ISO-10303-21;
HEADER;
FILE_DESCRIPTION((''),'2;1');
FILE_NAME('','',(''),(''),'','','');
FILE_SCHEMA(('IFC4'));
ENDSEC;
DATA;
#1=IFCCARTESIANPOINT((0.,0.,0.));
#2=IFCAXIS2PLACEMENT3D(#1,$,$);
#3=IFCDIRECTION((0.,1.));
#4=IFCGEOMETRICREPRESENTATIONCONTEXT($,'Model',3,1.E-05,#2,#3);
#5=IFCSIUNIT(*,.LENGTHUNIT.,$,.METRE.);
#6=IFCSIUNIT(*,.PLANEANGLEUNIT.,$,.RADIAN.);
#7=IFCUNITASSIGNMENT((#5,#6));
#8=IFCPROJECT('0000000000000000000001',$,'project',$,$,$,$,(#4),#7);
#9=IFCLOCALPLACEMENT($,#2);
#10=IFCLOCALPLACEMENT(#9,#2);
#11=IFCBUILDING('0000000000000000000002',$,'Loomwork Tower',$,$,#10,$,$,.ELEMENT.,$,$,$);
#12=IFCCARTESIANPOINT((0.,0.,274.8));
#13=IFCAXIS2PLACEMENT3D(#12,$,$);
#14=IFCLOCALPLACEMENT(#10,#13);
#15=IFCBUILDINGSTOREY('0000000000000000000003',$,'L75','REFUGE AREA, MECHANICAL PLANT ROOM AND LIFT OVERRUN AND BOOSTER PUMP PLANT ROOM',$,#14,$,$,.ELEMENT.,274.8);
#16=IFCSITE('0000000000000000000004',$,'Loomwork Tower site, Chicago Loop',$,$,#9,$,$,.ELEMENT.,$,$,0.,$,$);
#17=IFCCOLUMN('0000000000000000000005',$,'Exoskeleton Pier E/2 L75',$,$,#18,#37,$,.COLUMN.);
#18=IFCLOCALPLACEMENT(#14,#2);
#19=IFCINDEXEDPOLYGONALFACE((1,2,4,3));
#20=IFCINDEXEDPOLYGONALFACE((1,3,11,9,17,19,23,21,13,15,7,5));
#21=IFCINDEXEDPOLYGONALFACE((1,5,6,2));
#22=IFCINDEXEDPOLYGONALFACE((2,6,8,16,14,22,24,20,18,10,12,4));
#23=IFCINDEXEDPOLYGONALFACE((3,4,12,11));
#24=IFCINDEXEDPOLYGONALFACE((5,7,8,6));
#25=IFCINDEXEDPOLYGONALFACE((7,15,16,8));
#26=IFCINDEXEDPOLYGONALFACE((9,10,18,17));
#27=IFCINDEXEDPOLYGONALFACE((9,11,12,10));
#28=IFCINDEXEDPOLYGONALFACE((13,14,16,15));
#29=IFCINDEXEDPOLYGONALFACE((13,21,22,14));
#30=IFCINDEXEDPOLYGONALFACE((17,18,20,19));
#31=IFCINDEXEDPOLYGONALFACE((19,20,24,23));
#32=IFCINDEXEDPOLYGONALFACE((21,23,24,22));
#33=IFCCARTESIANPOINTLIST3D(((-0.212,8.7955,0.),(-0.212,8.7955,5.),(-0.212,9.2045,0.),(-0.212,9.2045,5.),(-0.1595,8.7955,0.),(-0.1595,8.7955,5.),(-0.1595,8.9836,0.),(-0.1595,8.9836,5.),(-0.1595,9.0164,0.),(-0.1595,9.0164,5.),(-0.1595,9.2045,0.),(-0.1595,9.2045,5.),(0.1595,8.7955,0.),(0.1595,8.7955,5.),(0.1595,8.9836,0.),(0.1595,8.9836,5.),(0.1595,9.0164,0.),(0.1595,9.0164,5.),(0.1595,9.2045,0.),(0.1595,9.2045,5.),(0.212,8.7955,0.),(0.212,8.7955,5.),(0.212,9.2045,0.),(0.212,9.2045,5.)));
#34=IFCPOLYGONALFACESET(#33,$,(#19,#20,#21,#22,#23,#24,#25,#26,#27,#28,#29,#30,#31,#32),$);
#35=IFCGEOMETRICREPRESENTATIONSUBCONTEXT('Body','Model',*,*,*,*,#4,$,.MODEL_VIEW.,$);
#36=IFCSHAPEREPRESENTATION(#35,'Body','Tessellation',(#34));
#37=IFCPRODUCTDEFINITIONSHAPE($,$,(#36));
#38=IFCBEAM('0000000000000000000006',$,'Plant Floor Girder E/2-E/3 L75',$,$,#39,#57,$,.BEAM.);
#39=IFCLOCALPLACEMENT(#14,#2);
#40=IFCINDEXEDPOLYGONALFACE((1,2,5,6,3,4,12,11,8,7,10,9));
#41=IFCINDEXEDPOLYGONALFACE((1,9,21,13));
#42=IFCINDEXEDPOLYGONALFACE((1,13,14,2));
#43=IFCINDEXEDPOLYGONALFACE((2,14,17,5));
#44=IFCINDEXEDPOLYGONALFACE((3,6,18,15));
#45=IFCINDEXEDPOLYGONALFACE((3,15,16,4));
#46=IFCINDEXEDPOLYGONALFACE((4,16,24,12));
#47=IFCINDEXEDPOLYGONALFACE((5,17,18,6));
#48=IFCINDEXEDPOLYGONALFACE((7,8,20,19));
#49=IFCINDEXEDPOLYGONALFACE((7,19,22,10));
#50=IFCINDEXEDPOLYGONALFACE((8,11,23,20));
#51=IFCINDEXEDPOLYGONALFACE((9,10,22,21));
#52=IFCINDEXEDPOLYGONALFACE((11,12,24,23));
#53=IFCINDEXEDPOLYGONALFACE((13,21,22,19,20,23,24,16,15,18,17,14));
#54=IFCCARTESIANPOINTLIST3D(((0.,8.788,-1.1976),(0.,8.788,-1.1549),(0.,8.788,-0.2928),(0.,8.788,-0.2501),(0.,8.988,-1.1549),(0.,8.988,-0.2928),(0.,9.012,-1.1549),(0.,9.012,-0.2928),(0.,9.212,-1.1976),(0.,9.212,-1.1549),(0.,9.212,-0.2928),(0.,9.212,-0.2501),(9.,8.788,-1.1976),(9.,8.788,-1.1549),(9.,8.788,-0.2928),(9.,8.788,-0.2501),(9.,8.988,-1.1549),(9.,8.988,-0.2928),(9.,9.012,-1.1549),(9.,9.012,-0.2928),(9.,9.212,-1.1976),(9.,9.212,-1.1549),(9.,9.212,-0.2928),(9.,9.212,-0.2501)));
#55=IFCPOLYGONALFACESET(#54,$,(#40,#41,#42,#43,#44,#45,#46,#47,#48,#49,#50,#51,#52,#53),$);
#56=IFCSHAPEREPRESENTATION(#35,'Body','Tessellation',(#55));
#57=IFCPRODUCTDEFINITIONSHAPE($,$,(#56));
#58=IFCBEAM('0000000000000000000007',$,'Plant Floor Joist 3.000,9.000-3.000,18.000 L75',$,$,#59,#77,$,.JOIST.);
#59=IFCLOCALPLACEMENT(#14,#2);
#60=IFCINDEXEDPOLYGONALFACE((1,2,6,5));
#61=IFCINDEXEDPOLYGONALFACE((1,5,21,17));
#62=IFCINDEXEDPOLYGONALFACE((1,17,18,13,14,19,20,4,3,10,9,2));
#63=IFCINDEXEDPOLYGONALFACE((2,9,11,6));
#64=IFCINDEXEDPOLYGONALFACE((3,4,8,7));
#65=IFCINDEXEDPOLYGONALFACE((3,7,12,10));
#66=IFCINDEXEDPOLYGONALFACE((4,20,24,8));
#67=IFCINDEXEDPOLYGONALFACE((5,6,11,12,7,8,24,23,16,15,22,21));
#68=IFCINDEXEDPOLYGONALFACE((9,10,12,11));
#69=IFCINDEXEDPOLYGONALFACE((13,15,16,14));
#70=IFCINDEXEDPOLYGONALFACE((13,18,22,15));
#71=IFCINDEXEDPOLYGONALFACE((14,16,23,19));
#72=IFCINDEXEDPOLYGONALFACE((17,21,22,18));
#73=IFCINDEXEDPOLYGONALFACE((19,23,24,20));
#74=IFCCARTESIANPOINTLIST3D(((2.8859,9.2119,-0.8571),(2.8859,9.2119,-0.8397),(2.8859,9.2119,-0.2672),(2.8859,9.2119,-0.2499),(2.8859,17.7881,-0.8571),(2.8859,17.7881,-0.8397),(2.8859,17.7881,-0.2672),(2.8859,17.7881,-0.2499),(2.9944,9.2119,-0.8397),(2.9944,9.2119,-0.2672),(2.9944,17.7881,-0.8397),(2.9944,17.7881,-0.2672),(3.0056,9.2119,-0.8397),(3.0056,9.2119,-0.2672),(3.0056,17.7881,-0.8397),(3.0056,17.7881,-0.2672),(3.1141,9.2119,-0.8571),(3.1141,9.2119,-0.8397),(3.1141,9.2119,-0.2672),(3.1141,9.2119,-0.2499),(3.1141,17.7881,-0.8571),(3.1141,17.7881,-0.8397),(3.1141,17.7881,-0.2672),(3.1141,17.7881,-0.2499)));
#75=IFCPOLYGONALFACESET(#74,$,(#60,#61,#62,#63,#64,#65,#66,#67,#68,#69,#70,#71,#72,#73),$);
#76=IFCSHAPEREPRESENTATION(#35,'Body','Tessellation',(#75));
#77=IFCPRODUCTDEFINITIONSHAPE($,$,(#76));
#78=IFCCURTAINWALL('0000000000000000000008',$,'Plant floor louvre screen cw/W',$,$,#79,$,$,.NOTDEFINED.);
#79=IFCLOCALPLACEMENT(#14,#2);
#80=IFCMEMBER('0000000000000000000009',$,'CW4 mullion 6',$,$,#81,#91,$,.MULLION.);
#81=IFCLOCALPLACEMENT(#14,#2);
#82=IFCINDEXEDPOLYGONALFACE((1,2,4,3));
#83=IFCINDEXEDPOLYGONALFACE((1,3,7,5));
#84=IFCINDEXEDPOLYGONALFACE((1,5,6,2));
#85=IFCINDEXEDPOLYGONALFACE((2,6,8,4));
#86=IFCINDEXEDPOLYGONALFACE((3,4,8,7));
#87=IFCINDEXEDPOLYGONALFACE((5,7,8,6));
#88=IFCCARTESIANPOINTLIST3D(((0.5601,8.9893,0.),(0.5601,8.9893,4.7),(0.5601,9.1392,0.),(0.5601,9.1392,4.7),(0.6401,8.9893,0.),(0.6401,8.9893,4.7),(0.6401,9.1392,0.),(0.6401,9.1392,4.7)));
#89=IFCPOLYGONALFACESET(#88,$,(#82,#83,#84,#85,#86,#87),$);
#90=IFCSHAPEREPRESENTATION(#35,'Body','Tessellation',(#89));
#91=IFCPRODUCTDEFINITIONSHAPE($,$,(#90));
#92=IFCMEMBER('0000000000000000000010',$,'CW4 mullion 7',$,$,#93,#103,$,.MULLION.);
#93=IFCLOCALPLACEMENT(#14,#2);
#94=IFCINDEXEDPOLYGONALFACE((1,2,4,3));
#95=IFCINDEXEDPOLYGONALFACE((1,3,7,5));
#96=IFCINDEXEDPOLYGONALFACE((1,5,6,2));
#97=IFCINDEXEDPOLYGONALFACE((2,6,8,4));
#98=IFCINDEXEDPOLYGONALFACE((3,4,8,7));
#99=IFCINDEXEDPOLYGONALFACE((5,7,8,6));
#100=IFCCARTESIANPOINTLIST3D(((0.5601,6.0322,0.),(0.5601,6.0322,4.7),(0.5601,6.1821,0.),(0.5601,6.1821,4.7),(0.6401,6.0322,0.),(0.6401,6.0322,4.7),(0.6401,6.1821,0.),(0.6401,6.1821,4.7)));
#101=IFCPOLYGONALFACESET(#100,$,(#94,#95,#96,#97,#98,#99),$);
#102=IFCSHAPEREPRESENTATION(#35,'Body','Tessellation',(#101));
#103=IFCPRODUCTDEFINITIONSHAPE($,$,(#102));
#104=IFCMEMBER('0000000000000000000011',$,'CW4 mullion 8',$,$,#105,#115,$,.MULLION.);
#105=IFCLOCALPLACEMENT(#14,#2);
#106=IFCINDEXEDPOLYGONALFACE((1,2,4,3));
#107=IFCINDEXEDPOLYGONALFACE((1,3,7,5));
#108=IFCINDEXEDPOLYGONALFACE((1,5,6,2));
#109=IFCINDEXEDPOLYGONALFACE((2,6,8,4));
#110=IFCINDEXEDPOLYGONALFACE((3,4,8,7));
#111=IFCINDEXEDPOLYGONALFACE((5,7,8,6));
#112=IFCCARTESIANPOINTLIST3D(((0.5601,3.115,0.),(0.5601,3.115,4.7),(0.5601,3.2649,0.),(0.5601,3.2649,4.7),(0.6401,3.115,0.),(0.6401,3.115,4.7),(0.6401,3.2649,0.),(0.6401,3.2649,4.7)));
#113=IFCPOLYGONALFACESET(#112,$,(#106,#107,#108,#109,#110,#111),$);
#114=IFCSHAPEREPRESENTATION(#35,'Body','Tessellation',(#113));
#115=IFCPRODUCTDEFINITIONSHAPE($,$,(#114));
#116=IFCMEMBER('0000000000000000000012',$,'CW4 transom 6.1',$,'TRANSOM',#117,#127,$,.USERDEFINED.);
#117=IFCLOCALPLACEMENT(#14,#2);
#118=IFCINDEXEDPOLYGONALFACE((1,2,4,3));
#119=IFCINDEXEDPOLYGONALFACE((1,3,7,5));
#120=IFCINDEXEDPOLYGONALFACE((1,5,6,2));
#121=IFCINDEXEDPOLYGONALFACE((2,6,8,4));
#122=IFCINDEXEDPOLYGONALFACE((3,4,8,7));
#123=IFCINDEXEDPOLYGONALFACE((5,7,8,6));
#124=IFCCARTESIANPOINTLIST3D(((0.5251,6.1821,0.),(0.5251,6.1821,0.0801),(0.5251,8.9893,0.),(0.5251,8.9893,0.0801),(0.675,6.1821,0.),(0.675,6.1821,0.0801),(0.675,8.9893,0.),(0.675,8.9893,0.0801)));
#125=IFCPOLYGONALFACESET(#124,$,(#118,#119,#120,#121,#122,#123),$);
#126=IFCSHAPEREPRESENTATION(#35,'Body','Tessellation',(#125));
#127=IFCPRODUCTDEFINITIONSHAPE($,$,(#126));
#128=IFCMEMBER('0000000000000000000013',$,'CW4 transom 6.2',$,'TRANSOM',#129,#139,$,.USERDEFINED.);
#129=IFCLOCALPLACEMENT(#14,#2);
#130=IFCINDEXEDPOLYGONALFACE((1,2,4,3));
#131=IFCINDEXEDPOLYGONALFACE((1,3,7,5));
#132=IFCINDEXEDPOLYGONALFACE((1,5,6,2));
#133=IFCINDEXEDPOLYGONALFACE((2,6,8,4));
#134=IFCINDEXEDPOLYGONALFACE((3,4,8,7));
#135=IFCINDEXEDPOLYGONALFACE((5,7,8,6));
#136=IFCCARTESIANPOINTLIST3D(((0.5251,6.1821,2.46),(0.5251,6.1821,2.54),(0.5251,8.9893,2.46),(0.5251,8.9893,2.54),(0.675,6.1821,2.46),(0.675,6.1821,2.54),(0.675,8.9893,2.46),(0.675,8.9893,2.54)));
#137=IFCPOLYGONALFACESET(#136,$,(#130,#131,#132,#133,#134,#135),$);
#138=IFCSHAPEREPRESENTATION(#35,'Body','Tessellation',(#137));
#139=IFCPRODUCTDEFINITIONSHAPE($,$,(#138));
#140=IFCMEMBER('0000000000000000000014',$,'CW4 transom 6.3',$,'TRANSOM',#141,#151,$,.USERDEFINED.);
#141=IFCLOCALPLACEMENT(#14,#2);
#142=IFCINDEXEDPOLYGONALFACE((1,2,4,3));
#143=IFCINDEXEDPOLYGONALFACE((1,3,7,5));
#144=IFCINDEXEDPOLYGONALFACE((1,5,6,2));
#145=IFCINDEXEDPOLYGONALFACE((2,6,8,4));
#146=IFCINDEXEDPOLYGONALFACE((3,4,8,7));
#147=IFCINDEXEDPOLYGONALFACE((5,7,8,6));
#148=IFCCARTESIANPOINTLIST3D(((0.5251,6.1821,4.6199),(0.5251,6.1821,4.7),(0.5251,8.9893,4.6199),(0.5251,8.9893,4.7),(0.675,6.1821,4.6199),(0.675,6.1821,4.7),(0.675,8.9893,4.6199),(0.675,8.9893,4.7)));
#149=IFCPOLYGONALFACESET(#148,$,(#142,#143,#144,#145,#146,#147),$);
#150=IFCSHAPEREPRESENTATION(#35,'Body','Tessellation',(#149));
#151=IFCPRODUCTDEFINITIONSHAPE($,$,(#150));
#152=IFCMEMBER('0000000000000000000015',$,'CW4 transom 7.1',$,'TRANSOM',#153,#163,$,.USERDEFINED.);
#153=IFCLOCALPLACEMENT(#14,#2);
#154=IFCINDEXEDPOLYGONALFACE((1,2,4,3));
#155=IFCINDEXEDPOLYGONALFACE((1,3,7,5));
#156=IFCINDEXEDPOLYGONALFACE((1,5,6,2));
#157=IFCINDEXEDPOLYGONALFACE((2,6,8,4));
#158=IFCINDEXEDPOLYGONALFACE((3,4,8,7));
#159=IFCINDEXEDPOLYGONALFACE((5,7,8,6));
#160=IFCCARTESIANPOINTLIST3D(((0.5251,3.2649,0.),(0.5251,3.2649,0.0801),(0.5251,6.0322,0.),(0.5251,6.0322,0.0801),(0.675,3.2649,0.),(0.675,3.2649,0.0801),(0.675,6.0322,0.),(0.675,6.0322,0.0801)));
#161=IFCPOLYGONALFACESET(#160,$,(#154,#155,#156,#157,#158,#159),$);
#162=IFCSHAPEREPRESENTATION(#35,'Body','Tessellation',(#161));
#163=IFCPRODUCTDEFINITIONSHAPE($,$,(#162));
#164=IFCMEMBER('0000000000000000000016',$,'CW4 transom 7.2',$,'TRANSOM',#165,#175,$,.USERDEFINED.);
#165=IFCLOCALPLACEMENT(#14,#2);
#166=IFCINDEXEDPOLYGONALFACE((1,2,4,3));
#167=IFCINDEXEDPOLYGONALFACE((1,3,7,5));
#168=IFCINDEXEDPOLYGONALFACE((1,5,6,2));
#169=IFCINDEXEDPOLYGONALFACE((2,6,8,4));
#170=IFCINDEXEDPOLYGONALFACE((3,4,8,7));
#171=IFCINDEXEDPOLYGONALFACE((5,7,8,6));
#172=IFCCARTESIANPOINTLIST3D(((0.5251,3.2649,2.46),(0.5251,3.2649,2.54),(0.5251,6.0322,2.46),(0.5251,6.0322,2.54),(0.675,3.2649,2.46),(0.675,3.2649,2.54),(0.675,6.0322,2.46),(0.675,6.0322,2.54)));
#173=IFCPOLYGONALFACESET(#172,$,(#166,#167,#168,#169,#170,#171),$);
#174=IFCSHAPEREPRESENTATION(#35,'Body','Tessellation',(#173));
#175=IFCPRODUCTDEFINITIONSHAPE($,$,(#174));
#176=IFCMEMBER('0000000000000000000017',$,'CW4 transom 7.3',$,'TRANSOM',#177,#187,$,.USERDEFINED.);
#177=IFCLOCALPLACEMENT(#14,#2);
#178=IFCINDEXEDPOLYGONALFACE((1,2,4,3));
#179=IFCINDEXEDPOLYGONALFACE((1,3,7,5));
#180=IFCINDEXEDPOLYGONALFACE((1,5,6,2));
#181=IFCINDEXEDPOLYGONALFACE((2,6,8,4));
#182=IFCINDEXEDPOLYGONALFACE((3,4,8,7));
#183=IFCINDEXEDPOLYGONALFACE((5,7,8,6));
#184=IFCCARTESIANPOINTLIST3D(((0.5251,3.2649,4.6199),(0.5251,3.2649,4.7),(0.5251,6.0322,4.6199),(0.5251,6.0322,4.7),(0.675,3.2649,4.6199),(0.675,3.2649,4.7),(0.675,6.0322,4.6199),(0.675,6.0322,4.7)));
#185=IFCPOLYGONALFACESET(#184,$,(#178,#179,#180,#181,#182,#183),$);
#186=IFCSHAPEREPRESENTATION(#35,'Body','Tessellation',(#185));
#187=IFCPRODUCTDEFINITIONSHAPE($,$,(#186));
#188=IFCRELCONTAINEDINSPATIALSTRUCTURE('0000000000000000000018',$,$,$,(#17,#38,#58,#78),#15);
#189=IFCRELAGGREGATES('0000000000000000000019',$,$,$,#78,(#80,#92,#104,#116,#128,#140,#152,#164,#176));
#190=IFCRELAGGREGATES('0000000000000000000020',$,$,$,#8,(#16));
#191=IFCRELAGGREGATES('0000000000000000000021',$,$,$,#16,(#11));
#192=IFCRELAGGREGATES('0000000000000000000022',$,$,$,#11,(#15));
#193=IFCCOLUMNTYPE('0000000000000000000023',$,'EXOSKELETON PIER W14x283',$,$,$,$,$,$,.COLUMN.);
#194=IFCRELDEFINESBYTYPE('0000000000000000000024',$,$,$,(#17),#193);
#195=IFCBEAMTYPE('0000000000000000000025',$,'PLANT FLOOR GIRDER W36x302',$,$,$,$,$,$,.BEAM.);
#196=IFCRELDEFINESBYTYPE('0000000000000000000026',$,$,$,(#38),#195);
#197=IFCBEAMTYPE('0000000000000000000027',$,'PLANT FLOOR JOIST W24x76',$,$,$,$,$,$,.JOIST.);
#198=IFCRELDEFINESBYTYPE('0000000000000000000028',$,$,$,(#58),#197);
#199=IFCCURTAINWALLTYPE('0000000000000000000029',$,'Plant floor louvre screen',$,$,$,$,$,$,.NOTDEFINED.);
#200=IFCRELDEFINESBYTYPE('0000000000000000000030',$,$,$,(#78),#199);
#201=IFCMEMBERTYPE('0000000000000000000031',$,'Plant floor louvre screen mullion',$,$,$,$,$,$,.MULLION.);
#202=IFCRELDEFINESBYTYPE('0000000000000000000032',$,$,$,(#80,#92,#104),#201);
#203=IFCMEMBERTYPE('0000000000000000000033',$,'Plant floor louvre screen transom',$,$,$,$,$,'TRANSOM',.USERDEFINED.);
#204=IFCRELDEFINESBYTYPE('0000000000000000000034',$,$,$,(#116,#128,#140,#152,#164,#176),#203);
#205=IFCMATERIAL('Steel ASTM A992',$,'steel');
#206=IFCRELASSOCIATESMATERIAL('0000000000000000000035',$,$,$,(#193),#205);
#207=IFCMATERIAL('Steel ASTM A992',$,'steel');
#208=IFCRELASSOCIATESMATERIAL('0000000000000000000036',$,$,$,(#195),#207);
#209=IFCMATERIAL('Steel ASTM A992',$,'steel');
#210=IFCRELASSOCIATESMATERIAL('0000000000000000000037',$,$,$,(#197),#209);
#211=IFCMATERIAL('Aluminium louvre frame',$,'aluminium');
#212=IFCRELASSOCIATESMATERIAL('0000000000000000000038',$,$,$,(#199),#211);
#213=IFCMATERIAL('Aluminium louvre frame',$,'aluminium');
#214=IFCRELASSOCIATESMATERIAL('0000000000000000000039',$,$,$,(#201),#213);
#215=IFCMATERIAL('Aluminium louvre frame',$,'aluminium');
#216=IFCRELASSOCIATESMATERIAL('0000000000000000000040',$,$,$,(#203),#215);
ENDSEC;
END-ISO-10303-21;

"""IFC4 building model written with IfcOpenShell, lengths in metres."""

from ifc_helpers import new_model, si_unit, direction, frame, origin, origin_2d, place, context, subcontext, project, spatial, rectangle, i_section, extrude, material, material_profile, profile_set, type_object, element, aggregate, save


model = new_model("IFC4")

# Units and contexts
model_context = context("Model", 3, precision=1e-05, world=origin(), true_north=direction((0.0, 1.0)))
body_context = subcontext(model_context, "Body", "Model", "MODEL_VIEW")
ifc_project = project(units=[si_unit("LENGTHUNIT", "METRE"), si_unit("PLANEANGLEUNIT", "RADIAN")], contexts=[model_context])

# Site, building, storey
site_placement = place(None, origin())
site = spatial("IfcSite", under=ifc_project, at=site_placement, Name="Loomwork Tower site, Chicago Loop", CompositionType="ELEMENT", RefElevation=0.0)
building_placement = place(site_placement, origin())
building = spatial("IfcBuilding", under=site, at=building_placement, Name="Loomwork Tower", CompositionType="ELEMENT")
storey_placement = place(building_placement, frame((0.0, 0.0, 274.8)))
storey = spatial("IfcBuildingStorey", under=building, at=storey_placement, Name="L75", Description="REFUGE AREA, MECHANICAL PLANT ROOM AND LIFT OVERRUN AND BOOSTER PUMP PLANT ROOM", CompositionType="ELEMENT", Elevation=274.8)

# Column
ifc_material_1 = material(Name="Steel ASTM A992", Category="steel")
ifc_material_profile_1 = material_profile(ifc_material_1, i_section(OverallWidth=0.4089, OverallDepth=0.4241, WebThickness=0.0327, FlangeThickness=0.0525, at=origin_2d()), Name="W14x283")
ifc_profile_set_1 = profile_set([ifc_material_profile_1], Name="Steel ASTM A992")
column_type = type_object("IfcColumnType", Name="EXOSKELETON PIER W14x283", PredefinedType="COLUMN", material=ifc_profile_set_1)
column_placement = place(storey_placement, frame((0.0, 9.0, 0.0), z_axis=(0.0, 0.0, 1.0), x_axis=(0.0, 1.0, 0.0)))
element("IfcColumn", 1, at=column_placement, inside=storey, type_object=column_type, Name="Exoskeleton Pier E/2 L75", PredefinedType="COLUMN", context=body_context, shape_type="SweptSolid", body=[
    extrude(i_section(OverallWidth=0.4089, OverallDepth=0.4241, WebThickness=0.0327, FlangeThickness=0.0525, at=origin_2d()), origin(), (0.0, 0.0, 1.0), 5.0),
])

# Beams
ifc_material_2 = material(Name="Steel ASTM A992", Category="steel")
ifc_material_profile_2 = material_profile(ifc_material_2, i_section(OverallWidth=0.4241, OverallDepth=0.9475, WebThickness=0.0239, FlangeThickness=0.0427, at=origin_2d()), Name="W36x302")
ifc_profile_set_2 = profile_set([ifc_material_profile_2], Name="Steel ASTM A992")
beam_type_1 = type_object("IfcBeamType", Name="PLANT FLOOR GIRDER W36x302", PredefinedType="BEAM", material=ifc_profile_set_2)
beam_1_placement = place(storey_placement, frame((0.0, 9.0, -0.7239), z_axis=(1.0, 0.0, 0.0), x_axis=(0.0, 1.0, 0.0)))
element("IfcBeam", 2, at=beam_1_placement, inside=storey, type_object=beam_type_1, Name="Plant Floor Girder E/2-E/3 L75", PredefinedType="BEAM", context=body_context, shape_type="SweptSolid", body=[
    extrude(i_section(OverallWidth=0.4241, OverallDepth=0.9475, WebThickness=0.0239, FlangeThickness=0.0427, at=origin_2d()), origin(), (0.0, 0.0, 1.0), 9.0),
])
ifc_material_3 = material(Name="Steel ASTM A992", Category="steel")
ifc_material_profile_3 = material_profile(ifc_material_3, i_section(OverallWidth=0.2283, OverallDepth=0.6072, WebThickness=0.0112, FlangeThickness=0.0173, at=origin_2d()), Name="W24x76")
ifc_profile_set_3 = profile_set([ifc_material_profile_3], Name="Steel ASTM A992")
beam_type_2 = type_object("IfcBeamType", Name="PLANT FLOOR JOIST W24x76", PredefinedType="JOIST", material=ifc_profile_set_3)
beam_2_placement = place(storey_placement, frame((3.0, 9.2119, -0.5535), z_axis=(0.0, 1.0, 0.0), x_axis=(-1.0, 0.0, 0.0)))
element("IfcBeam", 3, at=beam_2_placement, inside=storey, type_object=beam_type_2, Name="Plant Floor Joist 3.000,9.000-3.000,18.000 L75", PredefinedType="JOIST", context=body_context, shape_type="SweptSolid", body=[
    extrude(i_section(OverallWidth=0.2283, OverallDepth=0.6072, WebThickness=0.0112, FlangeThickness=0.0173, at=origin_2d()), origin(), (0.0, 0.0, 1.0), 8.5762),
])

# Curtain wall, members
ifc_material_4 = material(Name="Aluminium louvre frame", Category="aluminium")
curtain_wall_type = type_object("IfcCurtainWallType", Name="Plant floor louvre screen", PredefinedType="NOTDEFINED", material=ifc_material_4)
curtain_wall_placement = place(storey_placement, origin())
curtain_wall = element("IfcCurtainWall", 4, at=curtain_wall_placement, inside=storey, type_object=curtain_wall_type, Name="Plant floor louvre screen cw/W", PredefinedType="NOTDEFINED")
ifc_material_5 = material(Name="Aluminium louvre frame", Category="aluminium")
ifc_material_profile_4 = material_profile(ifc_material_5, rectangle(XDim=0.0801, YDim=0.1499, at=origin_2d()), Name="AL 80x150")
ifc_profile_set_4 = profile_set([ifc_material_profile_4], Name="Aluminium louvre frame")
member_type_1 = type_object("IfcMemberType", Name="Plant floor louvre screen mullion", PredefinedType="MULLION", material=ifc_profile_set_4)
member_1_placement = place(storey_placement, frame((0.6001, 9.0642, 0.0), z_axis=(0.0, 0.0, 1.0), x_axis=(1.0, 0.0, 0.0)))
member_1 = element("IfcMember", 5, at=member_1_placement, type_object=member_type_1, Name="CW4 mullion 6", PredefinedType="MULLION", context=body_context, shape_type="SweptSolid", body=[
    extrude(rectangle(XDim=0.0801, YDim=0.1499, at=origin_2d()), origin(), (0.0, 0.0, 1.0), 4.7),
])
member_2_placement = place(storey_placement, frame((0.6001, 6.1072, 0.0), z_axis=(0.0, 0.0, 1.0), x_axis=(1.0, 0.0, 0.0)))
member_2 = element("IfcMember", 6, at=member_2_placement, type_object=member_type_1, Name="CW4 mullion 7", PredefinedType="MULLION", context=body_context, shape_type="SweptSolid", body=[
    extrude(rectangle(XDim=0.0801, YDim=0.1499, at=origin_2d()), origin(), (0.0, 0.0, 1.0), 4.7),
])
member_3_placement = place(storey_placement, frame((0.6001, 3.1899, 0.0), z_axis=(0.0, 0.0, 1.0), x_axis=(1.0, 0.0, 0.0)))
member_3 = element("IfcMember", 7, at=member_3_placement, type_object=member_type_1, Name="CW4 mullion 8", PredefinedType="MULLION", context=body_context, shape_type="SweptSolid", body=[
    extrude(rectangle(XDim=0.0801, YDim=0.1499, at=origin_2d()), origin(), (0.0, 0.0, 1.0), 4.7),
])
ifc_material_6 = material(Name="Aluminium louvre frame", Category="aluminium")
ifc_material_profile_5 = material_profile(ifc_material_6, rectangle(XDim=0.1499, YDim=0.0801, at=origin_2d()), Name="AL 80x150")
ifc_profile_set_5 = profile_set([ifc_material_profile_5], Name="Aluminium louvre frame")
member_type_2 = type_object("IfcMemberType", Name="Plant floor louvre screen transom", ElementType="TRANSOM", PredefinedType="USERDEFINED", material=ifc_profile_set_5)
member_4_placement = place(storey_placement, frame((0.6001, 8.9893, 0.04), z_axis=(0.0, -1.0, 0.0), x_axis=(1.0, 0.0, 0.0)))
member_4 = element("IfcMember", 8, at=member_4_placement, type_object=member_type_2, Name="CW4 transom 6.1", ObjectType="TRANSOM", PredefinedType="USERDEFINED", context=body_context, shape_type="SweptSolid", body=[
    extrude(rectangle(XDim=0.1499, YDim=0.0801, at=origin_2d()), origin(), (0.0, 0.0, 1.0), 2.8071),
])
member_5_placement = place(storey_placement, frame((0.6001, 8.9893, 2.5), z_axis=(0.0, -1.0, 0.0), x_axis=(1.0, 0.0, 0.0)))
member_5 = element("IfcMember", 9, at=member_5_placement, type_object=member_type_2, Name="CW4 transom 6.2", ObjectType="TRANSOM", PredefinedType="USERDEFINED", context=body_context, shape_type="SweptSolid", body=[
    extrude(rectangle(XDim=0.1499, YDim=0.0801, at=origin_2d()), origin(), (0.0, 0.0, 1.0), 2.8071),
])
member_6_placement = place(storey_placement, frame((0.6001, 8.9893, 4.6599), z_axis=(0.0, -1.0, 0.0), x_axis=(1.0, 0.0, 0.0)))
member_6 = element("IfcMember", 10, at=member_6_placement, type_object=member_type_2, Name="CW4 transom 6.3", ObjectType="TRANSOM", PredefinedType="USERDEFINED", context=body_context, shape_type="SweptSolid", body=[
    extrude(rectangle(XDim=0.1499, YDim=0.0801, at=origin_2d()), origin(), (0.0, 0.0, 1.0), 2.8071),
])
member_7_placement = place(storey_placement, frame((0.6001, 6.0322, 0.04), z_axis=(0.0, -1.0, 0.0), x_axis=(1.0, 0.0, 0.0)))
member_7 = element("IfcMember", 11, at=member_7_placement, type_object=member_type_2, Name="CW4 transom 7.1", ObjectType="TRANSOM", PredefinedType="USERDEFINED", context=body_context, shape_type="SweptSolid", body=[
    extrude(rectangle(XDim=0.1499, YDim=0.0801, at=origin_2d()), origin(), (0.0, 0.0, 1.0), 2.7673),
])
member_8_placement = place(storey_placement, frame((0.6001, 6.0322, 2.5), z_axis=(0.0, -1.0, 0.0), x_axis=(1.0, 0.0, 0.0)))
member_8 = element("IfcMember", 12, at=member_8_placement, type_object=member_type_2, Name="CW4 transom 7.2", ObjectType="TRANSOM", PredefinedType="USERDEFINED", context=body_context, shape_type="SweptSolid", body=[
    extrude(rectangle(XDim=0.1499, YDim=0.0801, at=origin_2d()), origin(), (0.0, 0.0, 1.0), 2.7673),
])
member_9_placement = place(storey_placement, frame((0.6001, 6.0322, 4.6599), z_axis=(0.0, -1.0, 0.0), x_axis=(1.0, 0.0, 0.0)))
member_9 = element("IfcMember", 13, at=member_9_placement, type_object=member_type_2, Name="CW4 transom 7.3", ObjectType="TRANSOM", PredefinedType="USERDEFINED", context=body_context, shape_type="SweptSolid", body=[
    extrude(rectangle(XDim=0.1499, YDim=0.0801, at=origin_2d()), origin(), (0.0, 0.0, 1.0), 2.7673),
])

aggregate(curtain_wall, [member_1, member_2, member_3, member_4, member_5, member_6, member_7, member_8, member_9])

save(model, "model.ifc")
